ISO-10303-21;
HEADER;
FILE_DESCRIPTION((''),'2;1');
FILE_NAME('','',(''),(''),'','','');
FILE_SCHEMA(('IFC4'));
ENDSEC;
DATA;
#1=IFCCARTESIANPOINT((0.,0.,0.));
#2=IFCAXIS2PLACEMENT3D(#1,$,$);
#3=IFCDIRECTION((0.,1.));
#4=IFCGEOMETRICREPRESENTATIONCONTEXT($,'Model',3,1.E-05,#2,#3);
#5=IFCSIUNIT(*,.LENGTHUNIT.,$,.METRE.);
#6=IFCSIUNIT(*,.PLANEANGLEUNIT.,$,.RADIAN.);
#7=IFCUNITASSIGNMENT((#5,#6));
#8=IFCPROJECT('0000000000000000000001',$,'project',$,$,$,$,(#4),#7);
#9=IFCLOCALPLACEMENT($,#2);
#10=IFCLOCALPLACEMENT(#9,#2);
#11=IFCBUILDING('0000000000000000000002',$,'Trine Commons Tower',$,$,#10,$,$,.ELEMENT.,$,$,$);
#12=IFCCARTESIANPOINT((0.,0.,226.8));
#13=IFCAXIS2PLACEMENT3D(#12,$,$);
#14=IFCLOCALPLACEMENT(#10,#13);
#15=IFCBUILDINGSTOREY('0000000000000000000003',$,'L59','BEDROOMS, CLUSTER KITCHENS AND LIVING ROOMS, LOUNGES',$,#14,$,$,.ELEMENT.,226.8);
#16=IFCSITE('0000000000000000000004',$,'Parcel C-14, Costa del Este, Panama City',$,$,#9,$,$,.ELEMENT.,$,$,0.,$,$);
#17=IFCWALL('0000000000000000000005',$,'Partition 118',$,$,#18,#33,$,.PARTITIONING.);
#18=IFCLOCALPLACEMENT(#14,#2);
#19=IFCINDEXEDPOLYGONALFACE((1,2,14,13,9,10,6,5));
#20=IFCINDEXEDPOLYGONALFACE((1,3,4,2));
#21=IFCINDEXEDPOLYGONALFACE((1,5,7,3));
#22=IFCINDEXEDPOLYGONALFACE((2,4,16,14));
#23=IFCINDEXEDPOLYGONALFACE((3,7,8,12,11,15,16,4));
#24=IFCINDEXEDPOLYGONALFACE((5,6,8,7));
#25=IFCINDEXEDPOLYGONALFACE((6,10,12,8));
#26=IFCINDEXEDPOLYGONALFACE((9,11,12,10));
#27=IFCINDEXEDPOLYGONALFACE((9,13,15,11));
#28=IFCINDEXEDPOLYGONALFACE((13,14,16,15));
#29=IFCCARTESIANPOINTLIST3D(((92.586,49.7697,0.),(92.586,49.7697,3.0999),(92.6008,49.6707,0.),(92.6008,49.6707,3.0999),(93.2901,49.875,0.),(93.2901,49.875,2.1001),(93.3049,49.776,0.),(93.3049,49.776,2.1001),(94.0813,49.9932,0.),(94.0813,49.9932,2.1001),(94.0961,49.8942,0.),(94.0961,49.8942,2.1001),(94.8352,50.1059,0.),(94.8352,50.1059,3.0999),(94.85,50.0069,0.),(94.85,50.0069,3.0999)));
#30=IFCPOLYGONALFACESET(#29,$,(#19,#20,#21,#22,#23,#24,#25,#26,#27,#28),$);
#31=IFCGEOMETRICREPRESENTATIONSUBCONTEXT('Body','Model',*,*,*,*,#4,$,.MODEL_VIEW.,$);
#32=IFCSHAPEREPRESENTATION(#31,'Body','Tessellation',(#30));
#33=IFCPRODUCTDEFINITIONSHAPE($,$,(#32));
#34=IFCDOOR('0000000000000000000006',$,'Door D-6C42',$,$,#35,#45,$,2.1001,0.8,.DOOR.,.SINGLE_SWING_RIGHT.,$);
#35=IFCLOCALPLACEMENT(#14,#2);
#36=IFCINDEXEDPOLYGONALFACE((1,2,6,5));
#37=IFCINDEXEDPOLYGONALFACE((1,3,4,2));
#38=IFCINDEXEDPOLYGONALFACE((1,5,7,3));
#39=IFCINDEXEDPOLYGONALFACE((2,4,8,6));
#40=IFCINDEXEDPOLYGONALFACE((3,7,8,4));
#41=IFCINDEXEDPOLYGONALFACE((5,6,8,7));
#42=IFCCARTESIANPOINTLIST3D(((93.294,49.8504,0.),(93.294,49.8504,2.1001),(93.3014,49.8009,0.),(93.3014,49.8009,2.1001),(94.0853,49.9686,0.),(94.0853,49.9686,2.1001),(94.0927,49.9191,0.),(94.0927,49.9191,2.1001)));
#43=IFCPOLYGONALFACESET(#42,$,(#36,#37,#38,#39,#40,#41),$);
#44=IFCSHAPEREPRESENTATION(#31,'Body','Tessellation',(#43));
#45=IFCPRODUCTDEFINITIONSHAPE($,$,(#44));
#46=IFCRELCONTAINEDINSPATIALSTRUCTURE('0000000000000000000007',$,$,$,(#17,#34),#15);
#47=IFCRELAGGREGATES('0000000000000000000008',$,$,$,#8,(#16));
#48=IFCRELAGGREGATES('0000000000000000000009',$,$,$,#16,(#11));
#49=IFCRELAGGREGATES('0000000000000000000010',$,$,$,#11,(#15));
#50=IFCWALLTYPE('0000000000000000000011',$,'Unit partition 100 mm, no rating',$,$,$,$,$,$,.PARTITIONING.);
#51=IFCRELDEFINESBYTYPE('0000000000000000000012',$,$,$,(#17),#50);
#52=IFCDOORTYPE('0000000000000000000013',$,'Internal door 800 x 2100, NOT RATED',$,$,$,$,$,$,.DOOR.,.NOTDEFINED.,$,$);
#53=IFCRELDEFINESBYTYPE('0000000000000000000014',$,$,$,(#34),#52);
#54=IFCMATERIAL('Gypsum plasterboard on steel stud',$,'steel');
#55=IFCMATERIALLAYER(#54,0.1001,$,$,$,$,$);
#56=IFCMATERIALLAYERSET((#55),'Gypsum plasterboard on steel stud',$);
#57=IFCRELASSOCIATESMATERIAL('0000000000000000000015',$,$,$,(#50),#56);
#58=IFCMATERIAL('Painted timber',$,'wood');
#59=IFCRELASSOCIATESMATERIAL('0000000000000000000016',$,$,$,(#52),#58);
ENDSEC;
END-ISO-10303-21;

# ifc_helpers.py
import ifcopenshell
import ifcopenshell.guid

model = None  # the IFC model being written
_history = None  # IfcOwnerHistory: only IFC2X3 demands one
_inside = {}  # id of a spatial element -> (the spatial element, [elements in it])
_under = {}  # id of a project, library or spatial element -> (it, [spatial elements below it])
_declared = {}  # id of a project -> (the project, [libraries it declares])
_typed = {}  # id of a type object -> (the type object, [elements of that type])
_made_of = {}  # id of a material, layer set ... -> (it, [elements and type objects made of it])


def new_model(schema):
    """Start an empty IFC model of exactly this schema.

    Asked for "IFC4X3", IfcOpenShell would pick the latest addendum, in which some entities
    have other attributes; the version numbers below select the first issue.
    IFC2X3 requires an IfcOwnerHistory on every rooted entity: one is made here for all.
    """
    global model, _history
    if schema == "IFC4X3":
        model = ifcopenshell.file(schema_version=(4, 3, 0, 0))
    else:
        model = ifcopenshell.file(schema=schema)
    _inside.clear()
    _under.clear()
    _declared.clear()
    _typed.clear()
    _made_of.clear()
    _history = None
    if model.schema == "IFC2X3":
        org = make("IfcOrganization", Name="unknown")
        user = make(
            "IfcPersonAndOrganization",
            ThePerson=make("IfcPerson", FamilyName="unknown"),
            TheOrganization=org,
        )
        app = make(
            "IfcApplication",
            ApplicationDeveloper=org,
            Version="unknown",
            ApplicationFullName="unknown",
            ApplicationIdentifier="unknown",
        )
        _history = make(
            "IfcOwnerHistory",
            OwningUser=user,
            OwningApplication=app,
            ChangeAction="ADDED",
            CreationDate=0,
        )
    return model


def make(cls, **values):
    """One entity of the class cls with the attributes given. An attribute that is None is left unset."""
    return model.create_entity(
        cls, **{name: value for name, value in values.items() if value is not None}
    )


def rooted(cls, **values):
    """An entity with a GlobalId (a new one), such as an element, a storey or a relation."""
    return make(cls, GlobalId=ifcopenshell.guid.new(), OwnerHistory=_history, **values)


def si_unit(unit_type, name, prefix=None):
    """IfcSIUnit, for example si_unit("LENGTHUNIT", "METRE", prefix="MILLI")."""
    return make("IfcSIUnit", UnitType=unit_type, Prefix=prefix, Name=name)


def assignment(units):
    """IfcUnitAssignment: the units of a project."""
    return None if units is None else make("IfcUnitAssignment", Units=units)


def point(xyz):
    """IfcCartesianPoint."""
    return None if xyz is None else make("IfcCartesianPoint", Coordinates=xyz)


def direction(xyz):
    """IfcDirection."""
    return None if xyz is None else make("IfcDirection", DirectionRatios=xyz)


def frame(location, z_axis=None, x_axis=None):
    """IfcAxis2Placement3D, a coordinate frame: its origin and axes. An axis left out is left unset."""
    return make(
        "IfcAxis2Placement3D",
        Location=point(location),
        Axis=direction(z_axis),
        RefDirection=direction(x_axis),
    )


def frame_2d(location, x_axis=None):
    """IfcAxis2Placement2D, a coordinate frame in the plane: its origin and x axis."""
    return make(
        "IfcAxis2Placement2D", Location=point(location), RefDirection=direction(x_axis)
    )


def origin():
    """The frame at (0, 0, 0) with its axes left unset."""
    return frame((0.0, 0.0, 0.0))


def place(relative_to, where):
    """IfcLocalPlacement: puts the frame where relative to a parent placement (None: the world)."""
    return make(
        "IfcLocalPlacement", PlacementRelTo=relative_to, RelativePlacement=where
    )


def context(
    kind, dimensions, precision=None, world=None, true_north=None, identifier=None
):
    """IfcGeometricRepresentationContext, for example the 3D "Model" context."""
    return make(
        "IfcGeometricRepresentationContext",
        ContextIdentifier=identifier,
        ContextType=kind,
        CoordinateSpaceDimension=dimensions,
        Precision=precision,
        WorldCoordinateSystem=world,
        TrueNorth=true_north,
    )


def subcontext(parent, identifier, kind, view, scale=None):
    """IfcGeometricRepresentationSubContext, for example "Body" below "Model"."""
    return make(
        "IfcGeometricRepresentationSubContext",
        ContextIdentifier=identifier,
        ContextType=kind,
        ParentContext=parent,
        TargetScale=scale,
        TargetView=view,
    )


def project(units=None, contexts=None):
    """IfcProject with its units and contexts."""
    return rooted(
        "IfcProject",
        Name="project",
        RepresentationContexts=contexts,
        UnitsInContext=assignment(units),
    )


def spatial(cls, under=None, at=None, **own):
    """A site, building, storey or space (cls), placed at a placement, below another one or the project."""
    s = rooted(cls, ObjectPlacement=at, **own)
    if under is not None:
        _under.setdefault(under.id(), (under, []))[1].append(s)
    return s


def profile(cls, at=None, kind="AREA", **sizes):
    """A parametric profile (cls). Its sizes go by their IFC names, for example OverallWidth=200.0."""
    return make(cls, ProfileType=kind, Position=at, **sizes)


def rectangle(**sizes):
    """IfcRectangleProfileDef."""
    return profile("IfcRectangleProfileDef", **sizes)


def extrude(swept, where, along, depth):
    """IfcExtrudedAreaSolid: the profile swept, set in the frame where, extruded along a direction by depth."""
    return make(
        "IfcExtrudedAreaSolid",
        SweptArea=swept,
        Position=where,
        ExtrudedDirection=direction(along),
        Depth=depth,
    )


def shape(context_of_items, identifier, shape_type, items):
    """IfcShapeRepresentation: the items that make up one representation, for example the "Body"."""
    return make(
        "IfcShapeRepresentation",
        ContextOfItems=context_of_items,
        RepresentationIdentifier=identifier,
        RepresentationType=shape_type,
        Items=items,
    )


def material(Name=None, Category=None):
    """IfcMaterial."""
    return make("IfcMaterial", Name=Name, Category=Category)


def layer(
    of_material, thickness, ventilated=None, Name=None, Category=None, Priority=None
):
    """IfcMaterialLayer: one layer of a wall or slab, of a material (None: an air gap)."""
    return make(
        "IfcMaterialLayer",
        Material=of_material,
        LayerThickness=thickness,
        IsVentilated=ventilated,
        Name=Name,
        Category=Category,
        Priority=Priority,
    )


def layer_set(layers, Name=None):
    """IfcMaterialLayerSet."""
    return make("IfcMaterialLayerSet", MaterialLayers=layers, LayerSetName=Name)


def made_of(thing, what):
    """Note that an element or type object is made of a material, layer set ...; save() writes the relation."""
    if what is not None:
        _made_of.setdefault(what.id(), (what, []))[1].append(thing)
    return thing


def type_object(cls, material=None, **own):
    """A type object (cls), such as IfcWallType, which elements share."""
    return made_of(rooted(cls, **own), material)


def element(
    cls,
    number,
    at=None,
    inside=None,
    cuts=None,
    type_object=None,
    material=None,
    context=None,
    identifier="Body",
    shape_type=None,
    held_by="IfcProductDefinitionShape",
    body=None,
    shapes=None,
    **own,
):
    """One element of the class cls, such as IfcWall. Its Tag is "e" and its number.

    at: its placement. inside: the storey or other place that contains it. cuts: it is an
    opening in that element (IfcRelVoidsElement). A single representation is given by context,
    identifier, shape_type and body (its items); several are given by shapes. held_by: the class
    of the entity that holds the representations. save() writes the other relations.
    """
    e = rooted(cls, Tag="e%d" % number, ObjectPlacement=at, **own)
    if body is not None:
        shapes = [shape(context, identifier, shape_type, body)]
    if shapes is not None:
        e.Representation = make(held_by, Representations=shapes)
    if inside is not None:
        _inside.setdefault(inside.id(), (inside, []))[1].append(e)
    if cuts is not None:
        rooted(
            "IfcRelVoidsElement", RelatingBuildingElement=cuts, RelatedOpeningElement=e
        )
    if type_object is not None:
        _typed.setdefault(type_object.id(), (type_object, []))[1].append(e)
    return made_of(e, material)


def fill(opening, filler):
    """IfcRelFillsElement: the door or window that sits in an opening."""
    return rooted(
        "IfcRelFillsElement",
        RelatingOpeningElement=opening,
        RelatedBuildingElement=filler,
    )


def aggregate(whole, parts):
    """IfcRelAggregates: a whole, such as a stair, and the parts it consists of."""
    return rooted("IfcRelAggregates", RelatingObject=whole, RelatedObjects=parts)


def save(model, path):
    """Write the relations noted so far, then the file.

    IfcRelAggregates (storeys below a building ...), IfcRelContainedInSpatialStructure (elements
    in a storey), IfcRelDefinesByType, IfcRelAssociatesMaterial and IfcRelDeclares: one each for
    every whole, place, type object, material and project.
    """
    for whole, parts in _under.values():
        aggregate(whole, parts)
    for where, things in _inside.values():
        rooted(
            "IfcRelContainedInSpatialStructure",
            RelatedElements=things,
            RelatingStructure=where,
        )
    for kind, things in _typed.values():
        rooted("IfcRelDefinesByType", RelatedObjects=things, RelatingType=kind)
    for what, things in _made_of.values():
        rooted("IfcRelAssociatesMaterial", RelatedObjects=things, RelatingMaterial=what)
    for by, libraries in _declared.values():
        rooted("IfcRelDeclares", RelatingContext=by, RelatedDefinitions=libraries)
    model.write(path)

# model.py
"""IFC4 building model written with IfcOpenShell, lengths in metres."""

from ifc_helpers import new_model, si_unit, direction, frame, frame_2d, origin, place, context, subcontext, project, spatial, rectangle, extrude, material, layer, layer_set, type_object, element, fill, save


model = new_model("IFC4")

# Units and contexts
model_context = context("Model", 3, precision=1e-05, world=origin(), true_north=direction((0.0, 1.0)))
body_context = subcontext(model_context, "Body", "Model", "MODEL_VIEW")
ifc_project = project(units=[si_unit("LENGTHUNIT", "METRE"), si_unit("PLANEANGLEUNIT", "RADIAN")], contexts=[model_context])

# Site, building, storey
site_placement = place(None, origin())
site = spatial("IfcSite", under=ifc_project, at=site_placement, Name="Parcel C-14, Costa del Este, Panama City", CompositionType="ELEMENT", RefElevation=0.0)
building_placement = place(site_placement, origin())
building = spatial("IfcBuilding", under=site, at=building_placement, Name="Trine Commons Tower", CompositionType="ELEMENT")
storey_placement = place(building_placement, frame((0.0, 0.0, 226.8)))
storey = spatial("IfcBuildingStorey", under=building, at=storey_placement, Name="L59", Description="BEDROOMS, CLUSTER KITCHENS AND LIVING ROOMS, LOUNGES", CompositionType="ELEMENT", Elevation=226.8)

# Shared definitions
ifc_material_1 = material(Name="Gypsum plasterboard on steel stud", Category="steel")

# Wall, opening, door
ifc_layer_1 = layer(ifc_material_1, 0.1001)
ifc_layer_set_1 = layer_set([ifc_layer_1], Name="Gypsum plasterboard on steel stud")
wall_type_1 = type_object("IfcWallType", Name="Unit partition 100 mm, no rating", PredefinedType="PARTITIONING", material=ifc_layer_set_1)
wall_1_placement = place(storey_placement, frame((92.5933, 49.7202, 0.0), z_axis=(0.0, 0.0, 1.0), x_axis=(0.989014, 0.147821, 0.0)))
wall_1 = element("IfcWall", 1, at=wall_1_placement, inside=storey, type_object=wall_type_1, Name="Partition 118", PredefinedType="PARTITIONING", context=body_context, shape_type="SweptSolid", body=[
    extrude(rectangle(XDim=2.2742, YDim=0.1001, at=frame_2d((1.1372, 0.0))), origin(), (0.0, 0.0, 1.0), 3.0999),
])
opening_1_placement = place(wall_1_placement, frame((0.7122, 0.0, 0.0)))
opening_1 = element("IfcOpeningElement", 2, at=opening_1_placement, cuts=wall_1, PredefinedType="OPENING", context=body_context, shape_type="SweptSolid", body=[
    extrude(rectangle(XDim=0.8, YDim=2.1001, at=frame_2d((0.3999, 1.05))), frame((0.0, 0.0601, 0.0), z_axis=(0.0, -1.0, 0.0), x_axis=(1.0, 0.0, 0.0)), (0.0, 0.0, 1.0), 0.1201),
])
ifc_material_2 = material(Name="Painted timber", Category="wood")
door_type_1 = type_object("IfcDoorType", Name="Internal door 800 x 2100, NOT RATED", OperationType="NOTDEFINED", PredefinedType="DOOR", material=ifc_material_2)
door_1_placement = place(opening_1_placement, frame((0.8, 0.0, 0.0), z_axis=(0.0, 0.0, 1.0), x_axis=(-1.0, 0.0, 0.0)))
door_1 = element("IfcDoor", 3, at=door_1_placement, inside=storey, type_object=door_type_1, Name="Door D-6C42", OperationType="SINGLE_SWING_RIGHT", OverallHeight=2.1001, OverallWidth=0.8, PredefinedType="DOOR", context=body_context, shape_type="SweptSolid", body=[
    extrude(rectangle(XDim=0.8, YDim=2.1001, at=frame_2d((0.3999, 1.05))), frame((0.0, 0.0249, 0.0), z_axis=(0.0, -1.0, 0.0), x_axis=(1.0, 0.0, 0.0)), (0.0, 0.0, 1.0), 0.05),
])
fill(opening_1, door_1)

save(model, "model.ifc")
